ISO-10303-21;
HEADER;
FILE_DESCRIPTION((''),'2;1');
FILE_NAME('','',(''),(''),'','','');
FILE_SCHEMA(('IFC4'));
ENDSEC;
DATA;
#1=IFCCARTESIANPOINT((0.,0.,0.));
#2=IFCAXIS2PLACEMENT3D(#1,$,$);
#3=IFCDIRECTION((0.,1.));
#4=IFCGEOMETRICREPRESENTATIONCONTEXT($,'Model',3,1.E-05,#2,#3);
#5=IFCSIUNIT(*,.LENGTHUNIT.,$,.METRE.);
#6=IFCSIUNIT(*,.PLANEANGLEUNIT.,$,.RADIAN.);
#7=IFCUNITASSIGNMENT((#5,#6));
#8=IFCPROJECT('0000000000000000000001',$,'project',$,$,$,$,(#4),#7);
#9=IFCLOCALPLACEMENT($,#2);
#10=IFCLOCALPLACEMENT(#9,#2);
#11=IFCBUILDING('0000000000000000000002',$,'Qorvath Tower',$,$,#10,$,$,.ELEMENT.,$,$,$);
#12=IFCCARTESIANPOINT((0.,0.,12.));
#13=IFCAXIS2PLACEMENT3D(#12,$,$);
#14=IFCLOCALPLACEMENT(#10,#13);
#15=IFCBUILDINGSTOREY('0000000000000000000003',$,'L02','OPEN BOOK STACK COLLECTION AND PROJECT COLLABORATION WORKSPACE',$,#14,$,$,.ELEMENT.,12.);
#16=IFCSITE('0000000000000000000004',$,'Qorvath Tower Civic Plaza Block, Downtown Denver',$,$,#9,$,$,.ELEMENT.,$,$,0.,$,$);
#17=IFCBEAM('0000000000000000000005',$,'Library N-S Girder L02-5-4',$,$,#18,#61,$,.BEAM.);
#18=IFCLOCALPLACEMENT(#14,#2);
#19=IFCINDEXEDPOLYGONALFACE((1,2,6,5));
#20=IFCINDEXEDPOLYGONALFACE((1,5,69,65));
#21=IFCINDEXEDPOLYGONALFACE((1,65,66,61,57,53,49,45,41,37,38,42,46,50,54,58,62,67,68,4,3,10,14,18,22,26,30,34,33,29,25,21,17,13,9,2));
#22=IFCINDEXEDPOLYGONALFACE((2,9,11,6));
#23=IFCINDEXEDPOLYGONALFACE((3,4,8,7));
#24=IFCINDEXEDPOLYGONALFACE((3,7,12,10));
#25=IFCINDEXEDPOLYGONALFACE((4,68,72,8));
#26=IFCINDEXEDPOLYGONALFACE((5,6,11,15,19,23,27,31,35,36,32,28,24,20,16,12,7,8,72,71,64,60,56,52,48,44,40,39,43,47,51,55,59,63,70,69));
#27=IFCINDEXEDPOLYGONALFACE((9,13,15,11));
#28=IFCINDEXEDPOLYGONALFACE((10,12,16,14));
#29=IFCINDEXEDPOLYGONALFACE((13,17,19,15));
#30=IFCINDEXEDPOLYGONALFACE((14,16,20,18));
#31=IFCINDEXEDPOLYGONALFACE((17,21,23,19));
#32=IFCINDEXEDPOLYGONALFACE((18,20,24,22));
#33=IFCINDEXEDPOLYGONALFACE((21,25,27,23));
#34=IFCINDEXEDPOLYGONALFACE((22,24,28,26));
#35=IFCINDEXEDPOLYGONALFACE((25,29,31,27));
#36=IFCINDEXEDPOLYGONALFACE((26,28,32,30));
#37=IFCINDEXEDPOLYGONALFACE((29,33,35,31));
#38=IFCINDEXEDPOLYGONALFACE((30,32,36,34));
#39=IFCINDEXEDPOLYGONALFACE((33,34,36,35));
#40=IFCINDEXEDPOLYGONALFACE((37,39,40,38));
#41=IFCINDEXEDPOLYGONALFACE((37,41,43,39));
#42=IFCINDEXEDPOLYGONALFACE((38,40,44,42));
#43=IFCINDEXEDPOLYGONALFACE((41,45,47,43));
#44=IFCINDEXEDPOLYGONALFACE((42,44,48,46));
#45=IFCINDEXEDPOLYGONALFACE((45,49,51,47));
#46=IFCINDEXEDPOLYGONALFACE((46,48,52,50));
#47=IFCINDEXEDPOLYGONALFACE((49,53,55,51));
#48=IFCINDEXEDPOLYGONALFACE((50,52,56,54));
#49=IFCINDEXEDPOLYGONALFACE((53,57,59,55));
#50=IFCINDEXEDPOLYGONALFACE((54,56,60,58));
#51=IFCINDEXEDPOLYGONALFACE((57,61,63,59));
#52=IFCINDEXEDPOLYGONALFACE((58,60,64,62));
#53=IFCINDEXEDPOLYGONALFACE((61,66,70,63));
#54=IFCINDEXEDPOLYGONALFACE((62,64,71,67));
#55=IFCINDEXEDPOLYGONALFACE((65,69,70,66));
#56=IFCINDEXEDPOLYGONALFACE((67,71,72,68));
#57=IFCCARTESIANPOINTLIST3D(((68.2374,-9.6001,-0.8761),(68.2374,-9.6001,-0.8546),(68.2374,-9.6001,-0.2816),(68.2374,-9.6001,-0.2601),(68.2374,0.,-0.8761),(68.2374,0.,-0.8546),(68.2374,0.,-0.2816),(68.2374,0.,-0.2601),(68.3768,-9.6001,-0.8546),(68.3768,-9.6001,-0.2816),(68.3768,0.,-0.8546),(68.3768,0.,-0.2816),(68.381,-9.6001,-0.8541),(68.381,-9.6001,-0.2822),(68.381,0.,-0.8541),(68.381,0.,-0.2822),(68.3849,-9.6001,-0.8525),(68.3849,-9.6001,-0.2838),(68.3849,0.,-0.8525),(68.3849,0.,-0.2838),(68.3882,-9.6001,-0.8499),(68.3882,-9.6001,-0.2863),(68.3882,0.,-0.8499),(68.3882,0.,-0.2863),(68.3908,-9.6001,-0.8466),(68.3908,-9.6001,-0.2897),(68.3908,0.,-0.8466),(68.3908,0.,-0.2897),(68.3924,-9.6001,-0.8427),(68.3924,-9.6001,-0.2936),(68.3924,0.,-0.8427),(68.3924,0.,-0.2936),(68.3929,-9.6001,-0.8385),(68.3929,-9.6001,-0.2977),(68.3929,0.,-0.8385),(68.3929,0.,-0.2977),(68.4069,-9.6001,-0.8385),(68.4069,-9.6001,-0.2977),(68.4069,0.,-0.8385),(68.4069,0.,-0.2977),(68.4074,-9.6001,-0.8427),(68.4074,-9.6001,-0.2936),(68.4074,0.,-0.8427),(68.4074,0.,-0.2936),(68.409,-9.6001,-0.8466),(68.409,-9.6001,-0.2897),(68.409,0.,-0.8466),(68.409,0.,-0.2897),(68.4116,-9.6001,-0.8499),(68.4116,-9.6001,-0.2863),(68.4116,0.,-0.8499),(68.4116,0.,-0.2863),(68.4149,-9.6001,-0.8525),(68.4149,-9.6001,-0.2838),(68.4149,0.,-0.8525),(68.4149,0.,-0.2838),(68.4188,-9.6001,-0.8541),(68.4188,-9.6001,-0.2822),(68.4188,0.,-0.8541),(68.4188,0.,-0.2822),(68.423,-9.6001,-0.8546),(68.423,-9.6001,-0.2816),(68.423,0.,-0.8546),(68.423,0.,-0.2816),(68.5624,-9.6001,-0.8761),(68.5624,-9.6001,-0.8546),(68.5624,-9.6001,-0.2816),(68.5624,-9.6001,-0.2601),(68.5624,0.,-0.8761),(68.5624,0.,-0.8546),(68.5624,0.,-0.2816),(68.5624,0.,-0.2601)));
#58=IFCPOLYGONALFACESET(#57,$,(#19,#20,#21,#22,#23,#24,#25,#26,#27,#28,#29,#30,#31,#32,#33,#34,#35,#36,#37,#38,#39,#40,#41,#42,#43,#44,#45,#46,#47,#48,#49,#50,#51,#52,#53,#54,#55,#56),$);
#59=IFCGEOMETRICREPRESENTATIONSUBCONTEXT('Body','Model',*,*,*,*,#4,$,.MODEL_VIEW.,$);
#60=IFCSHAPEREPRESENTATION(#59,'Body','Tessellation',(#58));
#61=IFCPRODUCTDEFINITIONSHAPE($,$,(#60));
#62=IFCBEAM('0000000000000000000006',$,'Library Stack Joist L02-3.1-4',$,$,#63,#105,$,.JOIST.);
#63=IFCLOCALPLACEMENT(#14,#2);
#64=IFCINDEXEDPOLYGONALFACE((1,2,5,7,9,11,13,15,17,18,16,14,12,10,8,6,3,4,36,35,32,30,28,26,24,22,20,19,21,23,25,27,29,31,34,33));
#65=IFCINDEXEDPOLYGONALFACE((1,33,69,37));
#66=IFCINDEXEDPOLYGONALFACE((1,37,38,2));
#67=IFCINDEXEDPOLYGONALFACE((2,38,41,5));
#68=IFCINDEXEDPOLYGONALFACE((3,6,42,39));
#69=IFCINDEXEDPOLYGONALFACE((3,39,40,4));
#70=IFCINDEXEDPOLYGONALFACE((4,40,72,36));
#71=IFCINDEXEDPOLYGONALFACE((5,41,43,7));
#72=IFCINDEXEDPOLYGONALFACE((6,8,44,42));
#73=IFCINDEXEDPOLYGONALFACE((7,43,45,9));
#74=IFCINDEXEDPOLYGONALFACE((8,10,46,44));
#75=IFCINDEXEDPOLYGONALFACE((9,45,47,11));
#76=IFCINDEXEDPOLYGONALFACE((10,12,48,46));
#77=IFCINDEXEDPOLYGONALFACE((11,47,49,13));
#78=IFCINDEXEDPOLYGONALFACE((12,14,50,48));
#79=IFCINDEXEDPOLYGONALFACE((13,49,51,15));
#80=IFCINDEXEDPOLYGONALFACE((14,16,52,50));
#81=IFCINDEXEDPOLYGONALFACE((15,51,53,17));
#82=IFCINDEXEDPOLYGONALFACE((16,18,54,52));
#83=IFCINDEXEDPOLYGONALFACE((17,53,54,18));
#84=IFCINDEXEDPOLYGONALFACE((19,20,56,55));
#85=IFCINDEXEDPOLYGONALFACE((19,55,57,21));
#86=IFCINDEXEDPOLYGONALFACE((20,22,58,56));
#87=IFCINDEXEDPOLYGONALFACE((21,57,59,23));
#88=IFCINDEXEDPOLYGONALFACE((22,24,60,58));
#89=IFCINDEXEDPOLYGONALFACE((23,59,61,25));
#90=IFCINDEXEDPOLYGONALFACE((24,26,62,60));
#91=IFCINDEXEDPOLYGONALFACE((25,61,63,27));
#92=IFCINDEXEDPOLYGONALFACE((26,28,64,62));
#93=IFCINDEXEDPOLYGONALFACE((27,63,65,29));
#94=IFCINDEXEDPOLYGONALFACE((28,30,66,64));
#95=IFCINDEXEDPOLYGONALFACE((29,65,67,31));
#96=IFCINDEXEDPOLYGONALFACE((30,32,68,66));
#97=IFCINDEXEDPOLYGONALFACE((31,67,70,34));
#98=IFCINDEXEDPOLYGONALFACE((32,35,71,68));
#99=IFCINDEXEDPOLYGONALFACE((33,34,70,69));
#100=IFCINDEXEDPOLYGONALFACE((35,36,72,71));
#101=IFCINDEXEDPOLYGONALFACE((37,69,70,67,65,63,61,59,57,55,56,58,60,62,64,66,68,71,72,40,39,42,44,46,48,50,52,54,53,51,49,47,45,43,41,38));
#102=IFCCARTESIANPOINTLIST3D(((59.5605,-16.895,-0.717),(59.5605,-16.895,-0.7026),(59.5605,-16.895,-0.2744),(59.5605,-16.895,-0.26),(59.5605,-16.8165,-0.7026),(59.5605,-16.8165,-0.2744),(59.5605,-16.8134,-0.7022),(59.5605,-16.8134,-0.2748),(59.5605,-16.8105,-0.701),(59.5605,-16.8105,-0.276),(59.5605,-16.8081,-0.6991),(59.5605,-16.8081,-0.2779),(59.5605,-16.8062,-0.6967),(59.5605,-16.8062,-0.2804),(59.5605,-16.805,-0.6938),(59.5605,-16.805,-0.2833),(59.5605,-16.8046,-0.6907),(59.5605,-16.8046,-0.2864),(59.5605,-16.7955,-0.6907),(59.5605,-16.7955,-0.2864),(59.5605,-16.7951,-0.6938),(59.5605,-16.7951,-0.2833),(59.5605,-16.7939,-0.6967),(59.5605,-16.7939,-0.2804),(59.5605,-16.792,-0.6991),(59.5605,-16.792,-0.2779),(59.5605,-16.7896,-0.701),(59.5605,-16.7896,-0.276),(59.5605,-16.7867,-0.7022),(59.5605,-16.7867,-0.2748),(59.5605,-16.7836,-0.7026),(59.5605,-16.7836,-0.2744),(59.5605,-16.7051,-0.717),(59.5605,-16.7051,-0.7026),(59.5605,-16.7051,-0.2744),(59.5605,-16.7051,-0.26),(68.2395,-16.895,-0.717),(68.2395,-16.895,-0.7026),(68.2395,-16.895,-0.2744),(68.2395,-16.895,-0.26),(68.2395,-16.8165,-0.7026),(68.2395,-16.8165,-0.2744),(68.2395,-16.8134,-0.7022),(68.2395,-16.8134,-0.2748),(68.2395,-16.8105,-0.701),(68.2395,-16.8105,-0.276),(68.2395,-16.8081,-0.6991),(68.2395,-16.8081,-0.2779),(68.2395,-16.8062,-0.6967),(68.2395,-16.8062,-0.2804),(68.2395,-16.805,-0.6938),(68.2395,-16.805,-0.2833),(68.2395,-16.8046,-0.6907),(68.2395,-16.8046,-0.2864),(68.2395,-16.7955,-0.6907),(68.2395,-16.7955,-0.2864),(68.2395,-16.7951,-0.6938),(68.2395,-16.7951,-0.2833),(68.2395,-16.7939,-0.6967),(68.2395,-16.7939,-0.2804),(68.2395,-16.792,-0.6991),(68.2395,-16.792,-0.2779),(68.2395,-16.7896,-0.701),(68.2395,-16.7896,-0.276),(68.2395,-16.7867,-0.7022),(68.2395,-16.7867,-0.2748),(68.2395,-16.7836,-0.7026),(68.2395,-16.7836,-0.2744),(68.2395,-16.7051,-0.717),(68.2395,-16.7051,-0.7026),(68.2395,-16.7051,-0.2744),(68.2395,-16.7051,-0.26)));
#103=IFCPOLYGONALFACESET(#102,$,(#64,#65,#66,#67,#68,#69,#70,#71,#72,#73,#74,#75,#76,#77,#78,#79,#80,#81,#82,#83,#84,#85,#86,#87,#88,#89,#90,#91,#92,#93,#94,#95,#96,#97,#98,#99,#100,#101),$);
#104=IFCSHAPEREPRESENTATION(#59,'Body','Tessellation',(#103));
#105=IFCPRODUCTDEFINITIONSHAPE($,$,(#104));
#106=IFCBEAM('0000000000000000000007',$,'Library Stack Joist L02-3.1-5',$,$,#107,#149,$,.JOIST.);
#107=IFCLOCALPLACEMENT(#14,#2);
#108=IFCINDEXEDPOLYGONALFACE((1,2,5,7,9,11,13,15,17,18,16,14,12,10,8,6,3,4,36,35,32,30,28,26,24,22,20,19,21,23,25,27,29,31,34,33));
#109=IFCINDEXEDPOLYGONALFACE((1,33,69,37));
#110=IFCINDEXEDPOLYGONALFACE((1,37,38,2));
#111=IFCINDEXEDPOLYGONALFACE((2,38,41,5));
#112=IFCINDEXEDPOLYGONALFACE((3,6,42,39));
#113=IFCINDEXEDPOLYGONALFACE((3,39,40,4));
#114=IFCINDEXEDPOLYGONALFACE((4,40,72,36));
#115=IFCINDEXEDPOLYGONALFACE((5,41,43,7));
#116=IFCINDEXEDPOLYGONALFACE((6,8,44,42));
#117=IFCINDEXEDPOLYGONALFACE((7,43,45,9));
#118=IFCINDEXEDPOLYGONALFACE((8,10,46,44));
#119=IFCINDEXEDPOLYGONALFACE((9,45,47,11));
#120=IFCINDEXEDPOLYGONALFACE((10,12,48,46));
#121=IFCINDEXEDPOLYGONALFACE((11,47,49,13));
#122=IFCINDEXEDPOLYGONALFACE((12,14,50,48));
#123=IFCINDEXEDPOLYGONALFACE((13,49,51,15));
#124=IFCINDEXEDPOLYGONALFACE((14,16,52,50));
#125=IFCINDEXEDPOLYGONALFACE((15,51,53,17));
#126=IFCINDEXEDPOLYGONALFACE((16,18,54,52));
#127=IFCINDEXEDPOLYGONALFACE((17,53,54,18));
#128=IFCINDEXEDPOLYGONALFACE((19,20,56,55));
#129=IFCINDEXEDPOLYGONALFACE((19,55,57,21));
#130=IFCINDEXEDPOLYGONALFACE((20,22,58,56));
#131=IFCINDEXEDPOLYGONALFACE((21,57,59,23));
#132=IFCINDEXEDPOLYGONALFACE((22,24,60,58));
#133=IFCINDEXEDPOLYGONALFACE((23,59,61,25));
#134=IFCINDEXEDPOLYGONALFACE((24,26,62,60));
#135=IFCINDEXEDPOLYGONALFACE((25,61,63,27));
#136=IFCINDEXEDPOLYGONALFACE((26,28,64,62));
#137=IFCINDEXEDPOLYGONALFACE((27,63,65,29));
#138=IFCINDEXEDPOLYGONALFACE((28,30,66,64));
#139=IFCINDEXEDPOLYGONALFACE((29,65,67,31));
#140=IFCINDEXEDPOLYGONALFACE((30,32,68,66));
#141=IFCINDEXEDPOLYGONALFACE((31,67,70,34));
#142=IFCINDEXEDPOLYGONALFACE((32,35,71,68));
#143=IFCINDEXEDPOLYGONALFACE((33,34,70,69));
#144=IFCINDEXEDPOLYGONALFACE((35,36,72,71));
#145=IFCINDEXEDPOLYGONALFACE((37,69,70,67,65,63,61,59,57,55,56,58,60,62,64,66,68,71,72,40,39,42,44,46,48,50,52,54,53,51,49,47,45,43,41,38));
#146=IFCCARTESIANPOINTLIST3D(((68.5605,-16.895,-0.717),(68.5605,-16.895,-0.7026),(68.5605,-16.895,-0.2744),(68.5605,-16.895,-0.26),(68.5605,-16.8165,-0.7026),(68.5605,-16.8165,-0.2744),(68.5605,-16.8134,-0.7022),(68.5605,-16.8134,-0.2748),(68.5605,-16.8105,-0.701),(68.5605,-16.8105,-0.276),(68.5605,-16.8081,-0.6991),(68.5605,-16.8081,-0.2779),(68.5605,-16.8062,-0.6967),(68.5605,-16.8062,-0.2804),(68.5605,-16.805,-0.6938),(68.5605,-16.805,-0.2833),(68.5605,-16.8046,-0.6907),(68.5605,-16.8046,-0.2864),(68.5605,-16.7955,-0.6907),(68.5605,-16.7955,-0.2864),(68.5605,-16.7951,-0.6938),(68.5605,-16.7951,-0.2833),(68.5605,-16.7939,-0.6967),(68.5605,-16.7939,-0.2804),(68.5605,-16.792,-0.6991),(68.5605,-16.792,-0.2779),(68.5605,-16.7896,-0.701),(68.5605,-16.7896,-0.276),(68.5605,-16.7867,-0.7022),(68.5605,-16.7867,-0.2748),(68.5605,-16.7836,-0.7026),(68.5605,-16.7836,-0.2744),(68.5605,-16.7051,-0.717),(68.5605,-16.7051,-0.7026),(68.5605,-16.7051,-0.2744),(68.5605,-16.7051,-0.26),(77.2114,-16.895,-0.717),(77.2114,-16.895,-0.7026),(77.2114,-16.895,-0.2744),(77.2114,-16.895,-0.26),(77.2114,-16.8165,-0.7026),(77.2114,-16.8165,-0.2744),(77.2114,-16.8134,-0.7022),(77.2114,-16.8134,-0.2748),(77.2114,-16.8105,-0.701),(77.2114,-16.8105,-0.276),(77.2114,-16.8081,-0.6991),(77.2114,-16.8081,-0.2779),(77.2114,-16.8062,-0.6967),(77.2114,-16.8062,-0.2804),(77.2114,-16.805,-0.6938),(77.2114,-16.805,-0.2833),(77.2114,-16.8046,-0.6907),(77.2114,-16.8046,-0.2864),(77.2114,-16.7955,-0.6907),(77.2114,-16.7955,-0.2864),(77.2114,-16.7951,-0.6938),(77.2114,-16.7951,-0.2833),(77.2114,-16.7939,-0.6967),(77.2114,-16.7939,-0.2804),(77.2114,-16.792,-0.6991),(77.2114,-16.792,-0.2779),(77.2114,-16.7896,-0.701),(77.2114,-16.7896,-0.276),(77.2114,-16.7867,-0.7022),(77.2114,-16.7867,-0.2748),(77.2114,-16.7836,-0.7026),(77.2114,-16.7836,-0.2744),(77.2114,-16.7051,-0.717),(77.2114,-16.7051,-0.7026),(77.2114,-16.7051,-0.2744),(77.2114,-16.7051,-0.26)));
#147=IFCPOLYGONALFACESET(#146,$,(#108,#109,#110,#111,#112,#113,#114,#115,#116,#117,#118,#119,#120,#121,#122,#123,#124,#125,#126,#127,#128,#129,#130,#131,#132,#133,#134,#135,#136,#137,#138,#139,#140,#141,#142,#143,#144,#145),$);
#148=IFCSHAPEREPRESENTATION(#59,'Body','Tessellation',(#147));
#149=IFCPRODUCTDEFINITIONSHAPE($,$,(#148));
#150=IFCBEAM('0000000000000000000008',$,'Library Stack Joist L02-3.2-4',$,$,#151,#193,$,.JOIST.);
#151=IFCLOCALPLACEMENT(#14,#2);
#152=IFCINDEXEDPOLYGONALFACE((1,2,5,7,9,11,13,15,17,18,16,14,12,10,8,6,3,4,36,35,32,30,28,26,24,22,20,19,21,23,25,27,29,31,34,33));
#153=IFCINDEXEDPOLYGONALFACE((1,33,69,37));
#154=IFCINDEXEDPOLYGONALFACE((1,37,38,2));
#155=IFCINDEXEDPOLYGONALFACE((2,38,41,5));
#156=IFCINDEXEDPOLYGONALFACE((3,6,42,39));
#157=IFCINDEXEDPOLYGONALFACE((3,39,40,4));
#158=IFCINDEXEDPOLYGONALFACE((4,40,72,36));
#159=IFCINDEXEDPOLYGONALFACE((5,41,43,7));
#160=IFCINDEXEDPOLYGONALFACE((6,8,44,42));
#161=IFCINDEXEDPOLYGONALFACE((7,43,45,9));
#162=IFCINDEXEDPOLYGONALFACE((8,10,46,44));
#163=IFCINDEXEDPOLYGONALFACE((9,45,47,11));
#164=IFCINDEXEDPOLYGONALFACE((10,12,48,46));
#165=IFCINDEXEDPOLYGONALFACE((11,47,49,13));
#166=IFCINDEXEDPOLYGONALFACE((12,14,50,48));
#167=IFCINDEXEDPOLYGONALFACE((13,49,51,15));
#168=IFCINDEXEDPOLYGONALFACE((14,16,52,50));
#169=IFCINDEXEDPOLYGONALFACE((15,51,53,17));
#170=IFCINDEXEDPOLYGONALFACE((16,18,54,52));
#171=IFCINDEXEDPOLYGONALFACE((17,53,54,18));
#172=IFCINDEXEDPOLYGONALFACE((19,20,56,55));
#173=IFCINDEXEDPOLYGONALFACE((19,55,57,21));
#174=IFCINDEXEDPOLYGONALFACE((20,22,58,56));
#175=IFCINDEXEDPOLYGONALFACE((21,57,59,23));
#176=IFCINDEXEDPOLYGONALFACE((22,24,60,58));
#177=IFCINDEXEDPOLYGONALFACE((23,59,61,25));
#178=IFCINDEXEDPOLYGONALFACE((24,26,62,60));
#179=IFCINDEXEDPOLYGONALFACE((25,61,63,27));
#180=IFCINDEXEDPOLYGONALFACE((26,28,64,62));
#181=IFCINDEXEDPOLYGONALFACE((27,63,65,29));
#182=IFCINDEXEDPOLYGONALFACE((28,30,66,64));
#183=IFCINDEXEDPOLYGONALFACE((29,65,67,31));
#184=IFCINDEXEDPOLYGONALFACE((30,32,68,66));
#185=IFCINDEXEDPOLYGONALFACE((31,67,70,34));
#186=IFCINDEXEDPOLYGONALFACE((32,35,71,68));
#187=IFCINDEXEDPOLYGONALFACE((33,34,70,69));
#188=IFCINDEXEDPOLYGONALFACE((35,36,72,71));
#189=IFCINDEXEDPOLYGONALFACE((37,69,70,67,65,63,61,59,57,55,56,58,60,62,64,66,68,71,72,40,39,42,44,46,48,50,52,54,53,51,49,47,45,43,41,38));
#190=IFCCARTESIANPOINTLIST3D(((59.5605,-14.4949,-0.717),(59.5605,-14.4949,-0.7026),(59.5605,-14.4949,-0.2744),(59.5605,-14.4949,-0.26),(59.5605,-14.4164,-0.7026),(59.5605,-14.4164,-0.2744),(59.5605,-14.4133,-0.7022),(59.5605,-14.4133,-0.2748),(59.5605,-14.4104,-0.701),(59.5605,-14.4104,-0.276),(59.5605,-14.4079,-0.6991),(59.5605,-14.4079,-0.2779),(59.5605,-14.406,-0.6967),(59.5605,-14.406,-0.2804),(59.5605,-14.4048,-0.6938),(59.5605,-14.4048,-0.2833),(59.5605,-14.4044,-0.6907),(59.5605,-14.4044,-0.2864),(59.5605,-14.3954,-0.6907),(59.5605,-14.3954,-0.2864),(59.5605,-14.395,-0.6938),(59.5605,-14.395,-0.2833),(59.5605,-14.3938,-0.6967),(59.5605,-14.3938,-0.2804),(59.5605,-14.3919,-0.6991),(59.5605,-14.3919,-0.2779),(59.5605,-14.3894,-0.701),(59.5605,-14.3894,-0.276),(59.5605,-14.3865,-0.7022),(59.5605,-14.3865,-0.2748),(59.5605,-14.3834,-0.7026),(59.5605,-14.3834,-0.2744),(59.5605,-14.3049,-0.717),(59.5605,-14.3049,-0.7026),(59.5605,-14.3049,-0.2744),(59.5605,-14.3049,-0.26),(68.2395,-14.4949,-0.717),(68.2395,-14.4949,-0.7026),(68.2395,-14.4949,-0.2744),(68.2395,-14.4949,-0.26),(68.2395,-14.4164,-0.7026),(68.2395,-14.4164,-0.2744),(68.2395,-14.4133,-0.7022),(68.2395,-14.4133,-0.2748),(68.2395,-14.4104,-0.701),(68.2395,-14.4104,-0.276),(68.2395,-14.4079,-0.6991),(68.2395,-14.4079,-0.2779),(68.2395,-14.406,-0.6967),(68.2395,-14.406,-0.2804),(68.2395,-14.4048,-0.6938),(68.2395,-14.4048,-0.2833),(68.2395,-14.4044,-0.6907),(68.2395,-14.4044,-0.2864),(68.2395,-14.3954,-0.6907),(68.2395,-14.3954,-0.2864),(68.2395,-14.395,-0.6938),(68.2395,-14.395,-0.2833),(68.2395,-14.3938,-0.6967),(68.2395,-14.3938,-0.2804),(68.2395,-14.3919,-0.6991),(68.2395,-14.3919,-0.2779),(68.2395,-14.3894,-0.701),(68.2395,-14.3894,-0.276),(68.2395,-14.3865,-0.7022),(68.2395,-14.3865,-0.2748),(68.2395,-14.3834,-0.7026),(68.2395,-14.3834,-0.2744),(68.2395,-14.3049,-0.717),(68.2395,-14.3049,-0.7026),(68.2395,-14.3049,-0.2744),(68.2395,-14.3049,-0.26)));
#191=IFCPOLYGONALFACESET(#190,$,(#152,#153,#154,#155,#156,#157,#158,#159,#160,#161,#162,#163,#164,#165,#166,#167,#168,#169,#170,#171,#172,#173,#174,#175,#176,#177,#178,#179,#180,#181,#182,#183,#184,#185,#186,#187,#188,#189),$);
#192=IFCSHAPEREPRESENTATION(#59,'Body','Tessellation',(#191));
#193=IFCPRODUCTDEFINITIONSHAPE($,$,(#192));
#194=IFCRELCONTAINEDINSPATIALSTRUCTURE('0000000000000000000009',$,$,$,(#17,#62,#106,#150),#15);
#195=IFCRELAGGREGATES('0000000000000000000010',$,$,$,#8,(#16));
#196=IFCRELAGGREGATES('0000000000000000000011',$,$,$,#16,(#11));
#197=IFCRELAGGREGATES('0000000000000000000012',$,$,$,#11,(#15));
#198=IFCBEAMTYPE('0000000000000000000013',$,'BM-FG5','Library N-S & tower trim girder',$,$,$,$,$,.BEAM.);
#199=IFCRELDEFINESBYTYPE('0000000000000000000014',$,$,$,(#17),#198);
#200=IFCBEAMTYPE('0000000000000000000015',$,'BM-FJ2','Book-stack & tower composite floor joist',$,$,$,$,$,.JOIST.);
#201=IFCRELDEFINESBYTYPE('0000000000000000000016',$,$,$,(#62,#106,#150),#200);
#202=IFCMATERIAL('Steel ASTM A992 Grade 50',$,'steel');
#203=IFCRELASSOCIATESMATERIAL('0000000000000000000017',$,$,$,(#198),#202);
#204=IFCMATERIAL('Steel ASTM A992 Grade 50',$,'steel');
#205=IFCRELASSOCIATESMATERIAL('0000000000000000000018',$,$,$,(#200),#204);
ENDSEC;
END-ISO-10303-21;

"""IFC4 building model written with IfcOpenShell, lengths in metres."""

from ifc_helpers import new_model, si_unit, direction, frame, origin, origin_2d, place, context, subcontext, project, spatial, i_section, extrude, material, material_profile, profile_set, type_object, element, save


model = new_model("IFC4")

# Units and contexts
model_context = context("Model", 3, precision=1e-05, world=origin(), true_north=direction((0.0, 1.0)))
body_context = subcontext(model_context, "Body", "Model", "MODEL_VIEW")
ifc_project = project(units=[si_unit("LENGTHUNIT", "METRE"), si_unit("PLANEANGLEUNIT", "RADIAN")], contexts=[model_context])

# Site, building, storey
site_placement = place(None, origin())
site = spatial("IfcSite", under=ifc_project, at=site_placement, Name="Qorvath Tower Civic Plaza Block, Downtown Denver", CompositionType="ELEMENT", RefElevation=0.0)
building_placement = place(site_placement, origin())
building = spatial("IfcBuilding", under=site, at=building_placement, Name="Qorvath Tower", CompositionType="ELEMENT")
storey_placement = place(building_placement, frame((0.0, 0.0, 12.0)))
storey = spatial("IfcBuildingStorey", under=building, at=storey_placement, Name="L02", Description="OPEN BOOK STACK COLLECTION AND PROJECT COLLABORATION WORKSPACE", CompositionType="ELEMENT", Elevation=12.0)

# Beams
ifc_material_1 = material(Name="Steel ASTM A992 Grade 50", Category="steel")
ifc_material_profile_1 = material_profile(ifc_material_1, i_section(OverallWidth=0.325, OverallDepth=0.616, WebThickness=0.0139, FlangeThickness=0.0215, FilletRadius=0.0161, at=origin_2d()), Name="W24x117")
ifc_profile_set_1 = profile_set([ifc_material_profile_1], Name="Steel ASTM A992 Grade 50")
beam_type_1 = type_object("IfcBeamType", Name="BM-FG5", Description="Library N-S & tower trim girder", PredefinedType="BEAM", material=ifc_profile_set_1)
for number, where, z_axis, x_axis, name in (
    (1, (68.3999, -9.6001, -0.5681), (0.0, 1.0, 0.0), (-1.0, 0.0, 0.0), "Library N-S Girder L02-5-4"),
):
    element("IfcBeam", number, at=place(storey_placement, frame(where, z_axis=z_axis, x_axis=x_axis)), inside=storey, type_object=beam_type_1, Name=name, PredefinedType="BEAM", context=body_context, shape_type="SweptSolid", body=[
        extrude(i_section(OverallWidth=0.325, OverallDepth=0.616, WebThickness=0.0139, FlangeThickness=0.0215, FilletRadius=0.0161, at=origin_2d()), origin(), (0.0, 0.0, 1.0), 9.6001),
    ])
ifc_material_2 = material(Name="Steel ASTM A992 Grade 50", Category="steel")
ifc_material_profile_2 = material_profile(ifc_material_2, i_section(OverallWidth=0.1899, OverallDepth=0.457, WebThickness=0.009, FlangeThickness=0.0144, FilletRadius=0.012, at=origin_2d()), Name="W18x50")
ifc_profile_set_2 = profile_set([ifc_material_profile_2], Name="Steel ASTM A992 Grade 50")
beam_type_2 = type_object("IfcBeamType", Name="BM-FJ2", Description="Book-stack & tower composite floor joist", PredefinedType="JOIST", material=ifc_profile_set_2)
beam_1_placement = place(storey_placement, frame((59.5605, -16.8, -0.4885), z_axis=(1.0, 0.0, 0.0), x_axis=(0.0, 1.0, 0.0)))
element("IfcBeam", 2, at=beam_1_placement, inside=storey, type_object=beam_type_2, Name="Library Stack Joist L02-3.1-4", PredefinedType="JOIST", context=body_context, shape_type="SweptSolid", body=[
    extrude(i_section(OverallWidth=0.1899, OverallDepth=0.457, WebThickness=0.009, FlangeThickness=0.0144, FilletRadius=0.012, at=origin_2d()), origin(), (0.0, 0.0, 1.0), 8.679),
])
beam_2_placement = place(storey_placement, frame((68.5605, -16.8, -0.4885), z_axis=(1.0, 0.0, 0.0), x_axis=(0.0, 1.0, 0.0)))
element("IfcBeam", 3, at=beam_2_placement, inside=storey, type_object=beam_type_2, Name="Library Stack Joist L02-3.1-5", PredefinedType="JOIST", context=body_context, shape_type="SweptSolid", body=[
    extrude(i_section(OverallWidth=0.1899, OverallDepth=0.457, WebThickness=0.009, FlangeThickness=0.0144, FilletRadius=0.012, at=origin_2d()), origin(), (0.0, 0.0, 1.0), 8.6509),
])
beam_3_placement = place(storey_placement, frame((59.5605, -14.3999, -0.4885), z_axis=(1.0, 0.0, 0.0), x_axis=(0.0, 1.0, 0.0)))
element("IfcBeam", 4, at=beam_3_placement, inside=storey, type_object=beam_type_2, Name="Library Stack Joist L02-3.2-4", PredefinedType="JOIST", context=body_context, shape_type="SweptSolid", body=[
    extrude(i_section(OverallWidth=0.1899, OverallDepth=0.457, WebThickness=0.009, FlangeThickness=0.0144, FilletRadius=0.012, at=origin_2d()), origin(), (0.0, 0.0, 1.0), 8.679),
])

save(model, "model.ifc")
